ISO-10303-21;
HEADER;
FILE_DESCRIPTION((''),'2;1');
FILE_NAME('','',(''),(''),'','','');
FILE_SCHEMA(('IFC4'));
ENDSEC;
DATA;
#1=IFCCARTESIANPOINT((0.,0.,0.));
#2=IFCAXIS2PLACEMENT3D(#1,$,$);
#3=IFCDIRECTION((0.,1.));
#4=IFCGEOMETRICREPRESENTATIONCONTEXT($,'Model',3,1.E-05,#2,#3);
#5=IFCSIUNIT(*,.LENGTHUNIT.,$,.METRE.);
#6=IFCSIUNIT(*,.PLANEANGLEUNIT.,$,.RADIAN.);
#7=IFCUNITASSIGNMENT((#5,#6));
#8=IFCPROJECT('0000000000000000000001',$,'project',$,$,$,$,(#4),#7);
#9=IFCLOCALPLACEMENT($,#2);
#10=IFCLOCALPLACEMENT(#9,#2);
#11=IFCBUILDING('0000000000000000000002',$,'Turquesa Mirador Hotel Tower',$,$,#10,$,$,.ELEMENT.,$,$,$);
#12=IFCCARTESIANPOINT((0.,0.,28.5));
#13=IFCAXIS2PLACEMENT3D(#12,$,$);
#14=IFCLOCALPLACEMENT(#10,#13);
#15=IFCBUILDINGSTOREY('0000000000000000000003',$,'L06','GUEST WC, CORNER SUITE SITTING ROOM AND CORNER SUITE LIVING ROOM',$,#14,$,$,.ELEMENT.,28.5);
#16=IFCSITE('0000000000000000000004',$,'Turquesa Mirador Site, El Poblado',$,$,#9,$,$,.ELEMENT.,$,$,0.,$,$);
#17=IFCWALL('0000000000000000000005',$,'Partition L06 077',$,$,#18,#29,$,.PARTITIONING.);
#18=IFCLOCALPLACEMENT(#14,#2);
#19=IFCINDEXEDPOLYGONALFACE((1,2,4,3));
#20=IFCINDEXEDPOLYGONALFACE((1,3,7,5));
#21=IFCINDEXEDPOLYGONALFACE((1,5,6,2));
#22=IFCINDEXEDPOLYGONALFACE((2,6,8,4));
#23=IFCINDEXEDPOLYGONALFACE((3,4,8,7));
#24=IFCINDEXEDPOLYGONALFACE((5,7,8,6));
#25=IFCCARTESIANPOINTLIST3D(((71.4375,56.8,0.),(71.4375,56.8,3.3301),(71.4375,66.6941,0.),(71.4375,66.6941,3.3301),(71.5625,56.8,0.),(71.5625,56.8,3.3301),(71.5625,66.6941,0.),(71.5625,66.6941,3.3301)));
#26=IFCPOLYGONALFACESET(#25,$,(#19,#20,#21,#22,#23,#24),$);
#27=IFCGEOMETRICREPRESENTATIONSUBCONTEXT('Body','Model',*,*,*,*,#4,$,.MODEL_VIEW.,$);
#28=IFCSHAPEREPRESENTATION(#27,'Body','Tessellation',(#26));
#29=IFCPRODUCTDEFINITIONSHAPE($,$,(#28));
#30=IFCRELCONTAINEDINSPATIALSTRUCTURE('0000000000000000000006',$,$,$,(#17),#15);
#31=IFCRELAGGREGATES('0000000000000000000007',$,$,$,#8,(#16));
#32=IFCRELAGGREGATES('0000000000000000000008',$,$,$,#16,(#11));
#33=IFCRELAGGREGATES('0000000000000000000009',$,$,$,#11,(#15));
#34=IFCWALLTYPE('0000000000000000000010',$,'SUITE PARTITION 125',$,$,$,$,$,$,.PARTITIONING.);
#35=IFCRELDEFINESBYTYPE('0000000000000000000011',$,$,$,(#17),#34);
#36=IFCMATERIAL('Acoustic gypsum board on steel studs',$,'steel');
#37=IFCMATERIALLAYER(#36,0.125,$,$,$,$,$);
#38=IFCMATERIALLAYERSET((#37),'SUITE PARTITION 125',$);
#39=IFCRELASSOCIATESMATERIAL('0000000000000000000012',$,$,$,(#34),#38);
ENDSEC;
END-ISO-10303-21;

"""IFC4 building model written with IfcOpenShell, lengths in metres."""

from ifc_helpers import new_model, si_unit, direction, frame, frame_2d, origin, place, context, subcontext, project, spatial, rectangle, extrude, material, layer, layer_set, type_object, element, save


model = new_model("IFC4")

# Units and contexts
model_context = context("Model", 3, precision=1e-05, world=origin(), true_north=direction((0.0, 1.0)))
body_context = subcontext(model_context, "Body", "Model", "MODEL_VIEW")
ifc_project = project(units=[si_unit("LENGTHUNIT", "METRE"), si_unit("PLANEANGLEUNIT", "RADIAN")], contexts=[model_context])

# Site, building, storey
site_placement = place(None, origin())
site = spatial("IfcSite", under=ifc_project, at=site_placement, Name="Turquesa Mirador Site, El Poblado", CompositionType="ELEMENT", RefElevation=0.0)
building_placement = place(site_placement, origin())
building = spatial("IfcBuilding", under=site, at=building_placement, Name="Turquesa Mirador Hotel Tower", CompositionType="ELEMENT")
storey_placement = place(building_placement, frame((0.0, 0.0, 28.5)))
storey = spatial("IfcBuildingStorey", under=building, at=storey_placement, Name="L06", Description="GUEST WC, CORNER SUITE SITTING ROOM AND CORNER SUITE LIVING ROOM", CompositionType="ELEMENT", Elevation=28.5)

# Wall
ifc_material_1 = material(Name="Acoustic gypsum board on steel studs", Category="steel")
ifc_layer_1 = layer(ifc_material_1, 0.125)
ifc_layer_set_1 = layer_set([ifc_layer_1], Name="SUITE PARTITION 125")
wall_type_1 = type_object("IfcWallType", Name="SUITE PARTITION 125", PredefinedType="PARTITIONING", material=ifc_layer_set_1)
wall_1_placement = place(storey_placement, frame((71.5, 56.8, 0.0), z_axis=(0.0, 0.0, 1.0), x_axis=(0.0, 1.0, 0.0)))
element("IfcWall", 1, at=wall_1_placement, inside=storey, type_object=wall_type_1, Name="Partition L06 077", PredefinedType="PARTITIONING", context=body_context, shape_type="SweptSolid", body=[
    extrude(rectangle(XDim=9.894, YDim=0.125, at=frame_2d((4.947, 0.0))), origin(), (0.0, 0.0, 1.0), 3.3301),
])

save(model, "model.ifc")
